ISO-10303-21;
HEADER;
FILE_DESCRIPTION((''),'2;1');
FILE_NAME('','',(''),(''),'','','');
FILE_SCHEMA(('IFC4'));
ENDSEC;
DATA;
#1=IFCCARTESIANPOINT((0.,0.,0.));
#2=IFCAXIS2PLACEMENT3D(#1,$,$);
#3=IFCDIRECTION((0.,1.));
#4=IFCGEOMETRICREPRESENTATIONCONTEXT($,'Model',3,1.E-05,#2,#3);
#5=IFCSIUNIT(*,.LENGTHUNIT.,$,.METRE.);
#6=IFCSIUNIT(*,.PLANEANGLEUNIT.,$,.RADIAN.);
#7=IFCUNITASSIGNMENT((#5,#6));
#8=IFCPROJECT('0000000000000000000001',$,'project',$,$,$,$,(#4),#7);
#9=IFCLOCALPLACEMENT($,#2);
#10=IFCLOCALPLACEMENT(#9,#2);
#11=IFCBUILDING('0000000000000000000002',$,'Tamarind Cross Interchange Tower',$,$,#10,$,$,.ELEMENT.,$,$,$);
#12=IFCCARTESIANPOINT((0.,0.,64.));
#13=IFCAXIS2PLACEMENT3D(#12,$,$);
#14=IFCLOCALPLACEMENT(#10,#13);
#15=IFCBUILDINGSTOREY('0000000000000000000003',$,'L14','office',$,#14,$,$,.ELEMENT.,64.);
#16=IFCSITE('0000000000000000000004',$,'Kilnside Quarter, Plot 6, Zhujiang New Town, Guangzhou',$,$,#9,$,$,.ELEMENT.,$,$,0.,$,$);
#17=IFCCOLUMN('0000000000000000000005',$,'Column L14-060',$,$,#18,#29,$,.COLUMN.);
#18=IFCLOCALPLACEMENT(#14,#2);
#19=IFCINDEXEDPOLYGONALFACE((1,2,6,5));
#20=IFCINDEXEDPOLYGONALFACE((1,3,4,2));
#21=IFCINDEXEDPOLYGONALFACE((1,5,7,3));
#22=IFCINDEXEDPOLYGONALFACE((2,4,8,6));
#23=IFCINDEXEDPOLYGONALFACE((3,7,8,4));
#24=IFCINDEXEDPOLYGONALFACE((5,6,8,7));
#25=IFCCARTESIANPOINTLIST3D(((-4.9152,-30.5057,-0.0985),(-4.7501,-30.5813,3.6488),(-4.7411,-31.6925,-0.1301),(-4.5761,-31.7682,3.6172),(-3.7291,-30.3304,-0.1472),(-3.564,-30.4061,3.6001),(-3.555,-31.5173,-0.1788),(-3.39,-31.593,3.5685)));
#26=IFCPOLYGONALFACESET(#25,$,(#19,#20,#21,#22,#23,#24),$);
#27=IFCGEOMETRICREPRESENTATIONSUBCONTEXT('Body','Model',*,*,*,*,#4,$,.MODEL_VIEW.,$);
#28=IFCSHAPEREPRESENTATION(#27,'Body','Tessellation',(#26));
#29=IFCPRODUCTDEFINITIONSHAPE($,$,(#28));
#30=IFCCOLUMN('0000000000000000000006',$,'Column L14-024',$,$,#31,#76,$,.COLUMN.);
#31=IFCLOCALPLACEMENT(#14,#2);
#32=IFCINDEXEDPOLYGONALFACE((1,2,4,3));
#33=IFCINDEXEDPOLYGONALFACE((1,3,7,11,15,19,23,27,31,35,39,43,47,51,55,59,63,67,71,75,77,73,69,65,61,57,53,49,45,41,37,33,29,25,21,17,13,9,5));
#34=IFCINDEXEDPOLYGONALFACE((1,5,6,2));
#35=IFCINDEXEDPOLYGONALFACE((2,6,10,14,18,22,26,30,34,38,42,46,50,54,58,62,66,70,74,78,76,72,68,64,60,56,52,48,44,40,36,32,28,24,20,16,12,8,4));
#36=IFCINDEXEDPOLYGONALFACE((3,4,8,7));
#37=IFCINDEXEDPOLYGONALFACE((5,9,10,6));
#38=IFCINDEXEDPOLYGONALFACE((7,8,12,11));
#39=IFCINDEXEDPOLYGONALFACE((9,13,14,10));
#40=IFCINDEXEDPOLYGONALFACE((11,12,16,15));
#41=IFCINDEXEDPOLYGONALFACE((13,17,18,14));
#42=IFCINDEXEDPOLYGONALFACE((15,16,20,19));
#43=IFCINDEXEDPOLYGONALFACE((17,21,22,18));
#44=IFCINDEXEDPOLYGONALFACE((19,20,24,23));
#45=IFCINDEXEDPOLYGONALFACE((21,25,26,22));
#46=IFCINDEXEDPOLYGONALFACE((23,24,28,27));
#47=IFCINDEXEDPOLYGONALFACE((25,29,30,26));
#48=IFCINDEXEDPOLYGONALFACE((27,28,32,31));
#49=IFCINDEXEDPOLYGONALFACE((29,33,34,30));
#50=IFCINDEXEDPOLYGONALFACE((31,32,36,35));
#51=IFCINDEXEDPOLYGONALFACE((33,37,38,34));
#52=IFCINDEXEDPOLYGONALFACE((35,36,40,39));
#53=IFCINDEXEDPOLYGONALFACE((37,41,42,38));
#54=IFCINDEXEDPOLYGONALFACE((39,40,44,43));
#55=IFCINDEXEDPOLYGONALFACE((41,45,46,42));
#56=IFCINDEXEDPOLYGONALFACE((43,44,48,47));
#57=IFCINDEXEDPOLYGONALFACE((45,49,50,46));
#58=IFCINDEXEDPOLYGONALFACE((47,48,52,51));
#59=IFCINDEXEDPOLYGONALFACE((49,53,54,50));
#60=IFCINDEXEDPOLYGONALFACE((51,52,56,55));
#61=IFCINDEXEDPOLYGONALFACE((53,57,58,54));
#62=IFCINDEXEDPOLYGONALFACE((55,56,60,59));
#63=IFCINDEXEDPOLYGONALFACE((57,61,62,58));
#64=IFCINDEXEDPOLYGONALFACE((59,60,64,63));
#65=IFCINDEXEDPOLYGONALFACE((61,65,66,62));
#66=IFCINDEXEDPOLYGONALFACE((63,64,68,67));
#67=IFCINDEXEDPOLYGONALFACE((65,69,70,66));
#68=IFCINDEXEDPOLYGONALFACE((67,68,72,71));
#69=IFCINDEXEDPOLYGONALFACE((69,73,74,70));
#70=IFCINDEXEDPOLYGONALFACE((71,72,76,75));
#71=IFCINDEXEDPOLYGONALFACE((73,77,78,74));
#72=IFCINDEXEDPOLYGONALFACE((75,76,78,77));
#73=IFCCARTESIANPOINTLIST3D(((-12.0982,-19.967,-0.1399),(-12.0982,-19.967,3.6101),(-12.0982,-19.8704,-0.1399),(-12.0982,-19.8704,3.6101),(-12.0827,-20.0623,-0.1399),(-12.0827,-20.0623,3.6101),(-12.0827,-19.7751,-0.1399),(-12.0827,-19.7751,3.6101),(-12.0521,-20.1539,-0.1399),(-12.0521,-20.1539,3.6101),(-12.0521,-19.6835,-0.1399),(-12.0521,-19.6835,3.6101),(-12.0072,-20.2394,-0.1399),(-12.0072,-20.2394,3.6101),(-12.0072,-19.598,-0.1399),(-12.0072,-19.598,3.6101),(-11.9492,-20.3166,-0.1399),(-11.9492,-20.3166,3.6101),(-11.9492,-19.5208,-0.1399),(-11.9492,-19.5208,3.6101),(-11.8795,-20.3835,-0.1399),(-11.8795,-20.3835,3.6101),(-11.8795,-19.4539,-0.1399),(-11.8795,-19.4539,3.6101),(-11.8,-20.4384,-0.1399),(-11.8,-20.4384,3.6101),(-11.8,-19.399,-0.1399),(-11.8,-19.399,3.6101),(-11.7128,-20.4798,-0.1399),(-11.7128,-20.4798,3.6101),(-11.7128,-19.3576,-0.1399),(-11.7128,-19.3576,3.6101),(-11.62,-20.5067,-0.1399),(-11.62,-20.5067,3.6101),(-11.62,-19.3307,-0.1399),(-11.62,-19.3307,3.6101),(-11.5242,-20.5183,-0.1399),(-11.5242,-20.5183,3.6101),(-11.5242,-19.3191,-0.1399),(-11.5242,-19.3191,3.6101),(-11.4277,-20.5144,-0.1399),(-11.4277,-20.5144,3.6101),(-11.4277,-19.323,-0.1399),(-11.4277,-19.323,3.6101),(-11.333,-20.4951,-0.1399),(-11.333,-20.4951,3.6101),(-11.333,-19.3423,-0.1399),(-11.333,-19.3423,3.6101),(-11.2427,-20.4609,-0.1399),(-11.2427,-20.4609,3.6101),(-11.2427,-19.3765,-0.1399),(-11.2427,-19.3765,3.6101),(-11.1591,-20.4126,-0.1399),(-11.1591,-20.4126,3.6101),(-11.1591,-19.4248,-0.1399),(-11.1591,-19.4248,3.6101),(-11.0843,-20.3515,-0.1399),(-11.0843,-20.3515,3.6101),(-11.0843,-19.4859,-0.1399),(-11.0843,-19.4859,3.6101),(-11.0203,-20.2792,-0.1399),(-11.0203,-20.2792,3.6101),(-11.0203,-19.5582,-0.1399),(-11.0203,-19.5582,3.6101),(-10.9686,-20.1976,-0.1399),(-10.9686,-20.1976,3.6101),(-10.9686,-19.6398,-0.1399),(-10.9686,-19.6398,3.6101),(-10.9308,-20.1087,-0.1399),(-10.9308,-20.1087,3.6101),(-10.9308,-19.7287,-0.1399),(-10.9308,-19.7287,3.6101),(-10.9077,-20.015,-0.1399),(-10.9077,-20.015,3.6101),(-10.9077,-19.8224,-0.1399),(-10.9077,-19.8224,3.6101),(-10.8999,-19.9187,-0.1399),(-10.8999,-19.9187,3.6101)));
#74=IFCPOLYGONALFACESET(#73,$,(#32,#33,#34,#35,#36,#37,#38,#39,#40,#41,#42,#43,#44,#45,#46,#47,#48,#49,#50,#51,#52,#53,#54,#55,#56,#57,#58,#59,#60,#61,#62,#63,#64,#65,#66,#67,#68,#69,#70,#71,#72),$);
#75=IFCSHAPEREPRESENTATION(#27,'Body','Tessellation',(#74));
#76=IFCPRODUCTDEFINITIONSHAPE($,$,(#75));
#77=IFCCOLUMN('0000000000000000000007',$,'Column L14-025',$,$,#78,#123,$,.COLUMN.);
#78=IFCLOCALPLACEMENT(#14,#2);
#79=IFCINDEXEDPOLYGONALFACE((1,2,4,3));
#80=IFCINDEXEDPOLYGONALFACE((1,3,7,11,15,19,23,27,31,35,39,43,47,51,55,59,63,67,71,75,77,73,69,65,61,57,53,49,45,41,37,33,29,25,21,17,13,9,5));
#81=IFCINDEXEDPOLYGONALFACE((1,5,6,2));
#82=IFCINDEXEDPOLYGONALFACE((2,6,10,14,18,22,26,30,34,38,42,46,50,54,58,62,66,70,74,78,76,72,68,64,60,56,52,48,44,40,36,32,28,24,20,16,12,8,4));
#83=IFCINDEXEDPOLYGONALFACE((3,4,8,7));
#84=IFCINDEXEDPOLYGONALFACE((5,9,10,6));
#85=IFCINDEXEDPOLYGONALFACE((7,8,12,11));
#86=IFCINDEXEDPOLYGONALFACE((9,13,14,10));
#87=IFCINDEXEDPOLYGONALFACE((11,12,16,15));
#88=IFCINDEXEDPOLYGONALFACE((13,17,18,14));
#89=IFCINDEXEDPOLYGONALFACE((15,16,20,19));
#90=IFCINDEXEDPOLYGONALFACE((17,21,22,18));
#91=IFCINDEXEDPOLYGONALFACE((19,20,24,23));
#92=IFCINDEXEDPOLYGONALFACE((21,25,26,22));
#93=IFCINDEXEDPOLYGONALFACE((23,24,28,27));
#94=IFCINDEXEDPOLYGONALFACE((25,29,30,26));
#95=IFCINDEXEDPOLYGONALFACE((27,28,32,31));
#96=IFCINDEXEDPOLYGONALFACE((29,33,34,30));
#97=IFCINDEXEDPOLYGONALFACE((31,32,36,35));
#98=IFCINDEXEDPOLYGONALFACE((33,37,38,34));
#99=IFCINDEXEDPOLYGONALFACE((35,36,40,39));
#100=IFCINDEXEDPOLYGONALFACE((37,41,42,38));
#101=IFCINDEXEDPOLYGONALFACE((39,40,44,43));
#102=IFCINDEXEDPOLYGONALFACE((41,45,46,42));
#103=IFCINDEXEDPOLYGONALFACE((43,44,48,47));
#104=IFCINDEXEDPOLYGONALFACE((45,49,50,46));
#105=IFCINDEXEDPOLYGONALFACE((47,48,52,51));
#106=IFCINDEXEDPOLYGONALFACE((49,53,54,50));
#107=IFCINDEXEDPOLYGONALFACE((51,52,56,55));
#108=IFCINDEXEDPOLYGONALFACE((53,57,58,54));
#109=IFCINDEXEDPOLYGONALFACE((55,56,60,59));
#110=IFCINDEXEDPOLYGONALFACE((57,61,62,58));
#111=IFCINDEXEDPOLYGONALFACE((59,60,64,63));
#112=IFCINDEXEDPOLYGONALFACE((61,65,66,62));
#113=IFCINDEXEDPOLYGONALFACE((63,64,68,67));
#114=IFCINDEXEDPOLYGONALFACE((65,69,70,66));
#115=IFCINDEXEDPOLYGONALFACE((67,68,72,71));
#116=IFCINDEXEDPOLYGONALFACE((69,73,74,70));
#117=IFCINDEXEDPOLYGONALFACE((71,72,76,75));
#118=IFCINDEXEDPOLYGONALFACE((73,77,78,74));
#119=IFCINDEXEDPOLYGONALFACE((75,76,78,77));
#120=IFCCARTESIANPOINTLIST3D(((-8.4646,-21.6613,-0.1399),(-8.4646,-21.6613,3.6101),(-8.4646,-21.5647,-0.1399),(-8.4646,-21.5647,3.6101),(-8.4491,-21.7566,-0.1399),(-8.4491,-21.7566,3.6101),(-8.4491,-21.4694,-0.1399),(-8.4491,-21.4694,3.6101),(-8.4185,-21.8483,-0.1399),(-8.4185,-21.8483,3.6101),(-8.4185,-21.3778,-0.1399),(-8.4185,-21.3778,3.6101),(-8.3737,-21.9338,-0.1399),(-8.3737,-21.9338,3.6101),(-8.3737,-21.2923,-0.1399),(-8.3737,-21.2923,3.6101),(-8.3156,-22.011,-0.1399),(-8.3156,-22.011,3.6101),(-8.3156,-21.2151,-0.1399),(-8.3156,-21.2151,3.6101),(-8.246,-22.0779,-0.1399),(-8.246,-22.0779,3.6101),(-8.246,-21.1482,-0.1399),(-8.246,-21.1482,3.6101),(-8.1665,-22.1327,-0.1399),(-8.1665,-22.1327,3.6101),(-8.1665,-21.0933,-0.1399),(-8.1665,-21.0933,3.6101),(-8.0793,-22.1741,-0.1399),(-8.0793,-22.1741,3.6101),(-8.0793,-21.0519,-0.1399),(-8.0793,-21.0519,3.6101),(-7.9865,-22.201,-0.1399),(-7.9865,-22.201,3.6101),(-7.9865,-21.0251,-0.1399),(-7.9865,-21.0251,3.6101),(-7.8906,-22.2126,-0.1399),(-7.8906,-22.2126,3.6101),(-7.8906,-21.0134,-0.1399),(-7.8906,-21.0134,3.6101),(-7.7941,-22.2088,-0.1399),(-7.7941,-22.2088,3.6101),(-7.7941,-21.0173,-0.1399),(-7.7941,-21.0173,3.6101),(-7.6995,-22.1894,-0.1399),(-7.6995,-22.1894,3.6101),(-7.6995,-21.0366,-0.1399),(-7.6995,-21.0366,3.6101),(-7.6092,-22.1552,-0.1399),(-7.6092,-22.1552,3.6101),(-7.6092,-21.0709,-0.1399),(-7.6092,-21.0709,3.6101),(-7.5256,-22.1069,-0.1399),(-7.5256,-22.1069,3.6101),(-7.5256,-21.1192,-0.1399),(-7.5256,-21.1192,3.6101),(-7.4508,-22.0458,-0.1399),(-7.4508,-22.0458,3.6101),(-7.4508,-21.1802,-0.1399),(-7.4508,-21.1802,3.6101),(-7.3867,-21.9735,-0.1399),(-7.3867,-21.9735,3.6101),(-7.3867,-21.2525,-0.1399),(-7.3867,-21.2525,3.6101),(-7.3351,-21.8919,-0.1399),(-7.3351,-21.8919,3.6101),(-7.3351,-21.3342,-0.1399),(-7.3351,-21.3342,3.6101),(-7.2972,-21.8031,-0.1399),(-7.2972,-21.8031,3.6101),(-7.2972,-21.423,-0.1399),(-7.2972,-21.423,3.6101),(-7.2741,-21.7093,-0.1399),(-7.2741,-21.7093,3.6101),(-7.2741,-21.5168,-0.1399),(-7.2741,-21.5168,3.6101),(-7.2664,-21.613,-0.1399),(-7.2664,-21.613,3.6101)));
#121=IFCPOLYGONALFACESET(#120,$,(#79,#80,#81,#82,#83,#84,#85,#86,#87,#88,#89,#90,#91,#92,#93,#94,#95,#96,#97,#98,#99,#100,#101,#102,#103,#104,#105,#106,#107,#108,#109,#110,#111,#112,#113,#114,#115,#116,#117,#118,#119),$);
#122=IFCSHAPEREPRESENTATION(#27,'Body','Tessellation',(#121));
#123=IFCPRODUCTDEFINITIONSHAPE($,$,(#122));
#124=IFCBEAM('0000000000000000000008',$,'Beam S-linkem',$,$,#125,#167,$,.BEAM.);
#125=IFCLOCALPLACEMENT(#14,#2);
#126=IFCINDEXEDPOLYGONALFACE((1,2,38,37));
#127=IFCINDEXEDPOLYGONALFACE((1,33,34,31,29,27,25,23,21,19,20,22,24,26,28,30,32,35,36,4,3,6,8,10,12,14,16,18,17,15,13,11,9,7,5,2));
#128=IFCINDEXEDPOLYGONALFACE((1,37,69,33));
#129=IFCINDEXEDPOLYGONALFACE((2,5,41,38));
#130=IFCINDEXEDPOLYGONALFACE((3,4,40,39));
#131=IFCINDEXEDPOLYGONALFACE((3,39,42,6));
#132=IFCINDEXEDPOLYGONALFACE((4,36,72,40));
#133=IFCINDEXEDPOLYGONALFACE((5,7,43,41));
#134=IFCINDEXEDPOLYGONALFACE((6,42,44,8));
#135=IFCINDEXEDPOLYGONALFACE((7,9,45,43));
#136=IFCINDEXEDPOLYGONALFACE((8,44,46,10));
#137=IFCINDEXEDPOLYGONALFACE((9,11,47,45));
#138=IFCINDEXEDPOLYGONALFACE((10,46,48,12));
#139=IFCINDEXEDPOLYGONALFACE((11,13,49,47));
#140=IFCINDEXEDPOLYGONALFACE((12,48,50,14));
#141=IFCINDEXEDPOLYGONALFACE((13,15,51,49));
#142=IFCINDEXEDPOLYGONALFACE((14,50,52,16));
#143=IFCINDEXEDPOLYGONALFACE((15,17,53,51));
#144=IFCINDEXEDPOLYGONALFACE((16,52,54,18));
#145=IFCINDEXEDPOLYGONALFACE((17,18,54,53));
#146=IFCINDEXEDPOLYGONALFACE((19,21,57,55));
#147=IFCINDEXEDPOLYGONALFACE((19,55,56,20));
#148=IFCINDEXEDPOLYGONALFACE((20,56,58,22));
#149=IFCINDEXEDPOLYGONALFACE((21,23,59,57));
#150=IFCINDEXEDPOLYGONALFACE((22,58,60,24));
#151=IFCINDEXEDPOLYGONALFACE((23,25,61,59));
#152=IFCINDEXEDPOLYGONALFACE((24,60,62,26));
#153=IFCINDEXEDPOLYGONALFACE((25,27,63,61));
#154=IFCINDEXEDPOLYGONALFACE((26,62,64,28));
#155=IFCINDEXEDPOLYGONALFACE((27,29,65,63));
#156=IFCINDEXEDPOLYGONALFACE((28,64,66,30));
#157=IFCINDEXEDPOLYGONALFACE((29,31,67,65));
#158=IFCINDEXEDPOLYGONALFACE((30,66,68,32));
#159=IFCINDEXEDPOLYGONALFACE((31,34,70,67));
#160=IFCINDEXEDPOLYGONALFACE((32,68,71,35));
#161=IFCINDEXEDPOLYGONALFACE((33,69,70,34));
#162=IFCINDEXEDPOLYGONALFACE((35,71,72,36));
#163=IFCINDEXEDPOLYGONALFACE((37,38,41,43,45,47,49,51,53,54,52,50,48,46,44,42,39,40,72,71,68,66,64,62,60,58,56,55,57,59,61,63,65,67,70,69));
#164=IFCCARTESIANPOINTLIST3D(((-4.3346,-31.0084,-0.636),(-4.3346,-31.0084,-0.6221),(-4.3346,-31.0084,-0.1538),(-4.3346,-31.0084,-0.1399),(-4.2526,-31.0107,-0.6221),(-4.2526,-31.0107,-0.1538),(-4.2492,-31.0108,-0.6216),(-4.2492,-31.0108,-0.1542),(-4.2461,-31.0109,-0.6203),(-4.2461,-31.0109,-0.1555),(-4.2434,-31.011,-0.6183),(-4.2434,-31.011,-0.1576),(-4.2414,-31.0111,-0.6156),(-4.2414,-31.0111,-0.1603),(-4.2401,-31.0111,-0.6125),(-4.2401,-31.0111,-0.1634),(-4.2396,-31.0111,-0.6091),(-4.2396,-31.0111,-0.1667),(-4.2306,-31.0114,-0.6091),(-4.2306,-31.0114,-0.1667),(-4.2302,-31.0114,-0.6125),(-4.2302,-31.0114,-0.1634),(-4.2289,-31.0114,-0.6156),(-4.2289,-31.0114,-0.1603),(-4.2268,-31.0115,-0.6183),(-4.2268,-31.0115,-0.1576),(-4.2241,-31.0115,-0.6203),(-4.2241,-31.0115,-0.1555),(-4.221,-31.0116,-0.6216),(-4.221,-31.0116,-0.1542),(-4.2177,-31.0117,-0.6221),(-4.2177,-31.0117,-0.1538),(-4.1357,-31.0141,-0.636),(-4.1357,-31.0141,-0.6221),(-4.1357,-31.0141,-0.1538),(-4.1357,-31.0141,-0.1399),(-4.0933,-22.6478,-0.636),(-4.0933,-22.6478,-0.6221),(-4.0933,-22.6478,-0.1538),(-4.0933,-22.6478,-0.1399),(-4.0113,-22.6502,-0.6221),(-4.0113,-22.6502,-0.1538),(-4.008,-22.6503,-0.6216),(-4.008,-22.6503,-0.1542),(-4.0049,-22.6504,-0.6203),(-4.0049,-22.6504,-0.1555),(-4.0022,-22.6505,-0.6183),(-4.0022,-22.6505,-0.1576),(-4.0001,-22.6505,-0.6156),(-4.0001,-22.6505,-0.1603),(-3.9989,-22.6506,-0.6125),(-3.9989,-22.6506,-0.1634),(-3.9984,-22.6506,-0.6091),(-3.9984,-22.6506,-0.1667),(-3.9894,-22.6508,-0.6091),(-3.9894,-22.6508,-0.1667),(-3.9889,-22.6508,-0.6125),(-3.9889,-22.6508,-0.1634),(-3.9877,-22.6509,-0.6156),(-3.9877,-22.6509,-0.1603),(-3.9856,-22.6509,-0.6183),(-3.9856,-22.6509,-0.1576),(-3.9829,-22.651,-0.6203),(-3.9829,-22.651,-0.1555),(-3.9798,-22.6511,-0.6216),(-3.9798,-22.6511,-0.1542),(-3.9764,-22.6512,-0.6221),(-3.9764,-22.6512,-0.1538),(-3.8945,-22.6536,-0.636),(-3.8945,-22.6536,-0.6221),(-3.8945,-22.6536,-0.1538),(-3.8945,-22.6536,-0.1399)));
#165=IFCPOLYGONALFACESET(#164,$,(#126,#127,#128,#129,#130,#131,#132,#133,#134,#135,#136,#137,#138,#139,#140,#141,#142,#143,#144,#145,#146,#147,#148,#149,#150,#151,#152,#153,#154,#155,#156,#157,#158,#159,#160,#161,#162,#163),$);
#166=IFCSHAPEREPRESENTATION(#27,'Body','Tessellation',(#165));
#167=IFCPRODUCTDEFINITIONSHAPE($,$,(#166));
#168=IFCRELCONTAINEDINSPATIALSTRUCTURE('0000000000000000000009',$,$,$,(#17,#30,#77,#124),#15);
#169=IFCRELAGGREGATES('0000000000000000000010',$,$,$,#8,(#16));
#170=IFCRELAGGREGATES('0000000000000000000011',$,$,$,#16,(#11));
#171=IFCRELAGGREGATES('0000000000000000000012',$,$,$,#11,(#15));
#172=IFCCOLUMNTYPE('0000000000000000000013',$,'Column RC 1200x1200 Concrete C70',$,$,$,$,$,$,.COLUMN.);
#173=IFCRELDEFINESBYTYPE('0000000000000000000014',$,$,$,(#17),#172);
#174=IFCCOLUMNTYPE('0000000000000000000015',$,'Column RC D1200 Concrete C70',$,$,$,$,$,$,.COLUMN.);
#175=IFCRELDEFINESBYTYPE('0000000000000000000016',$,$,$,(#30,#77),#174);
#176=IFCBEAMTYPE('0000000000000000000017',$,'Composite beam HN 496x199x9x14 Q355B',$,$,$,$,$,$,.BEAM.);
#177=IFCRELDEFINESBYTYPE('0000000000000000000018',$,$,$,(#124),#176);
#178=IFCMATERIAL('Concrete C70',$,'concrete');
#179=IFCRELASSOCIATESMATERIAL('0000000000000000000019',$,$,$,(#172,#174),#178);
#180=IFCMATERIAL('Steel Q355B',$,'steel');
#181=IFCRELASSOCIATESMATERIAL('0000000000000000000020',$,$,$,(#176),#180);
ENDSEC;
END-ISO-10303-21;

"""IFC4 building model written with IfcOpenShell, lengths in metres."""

from ifc_helpers import new_model, si_unit, direction, frame, origin, origin_2d, place, context, subcontext, project, spatial, rectangle, circle, i_section, extrude, material, material_profile, profile_set, type_object, element, save


model = new_model("IFC4")

# Units and contexts
model_context = context("Model", 3, precision=1e-05, world=origin(), true_north=direction((0.0, 1.0)))
body_context = subcontext(model_context, "Body", "Model", "MODEL_VIEW")
ifc_project = project(units=[si_unit("LENGTHUNIT", "METRE"), si_unit("PLANEANGLEUNIT", "RADIAN")], contexts=[model_context])

# Site, building, storey
site_placement = place(None, origin())
site = spatial("IfcSite", under=ifc_project, at=site_placement, Name="Kilnside Quarter, Plot 6, Zhujiang New Town, Guangzhou", CompositionType="ELEMENT", RefElevation=0.0)
building_placement = place(site_placement, origin())
building = spatial("IfcBuilding", under=site, at=building_placement, Name="Tamarind Cross Interchange Tower", CompositionType="ELEMENT")
storey_placement = place(building_placement, frame((0.0, 0.0, 64.0)))
storey = spatial("IfcBuildingStorey", under=building, at=storey_placement, Name="L14", Description="office", CompositionType="ELEMENT", Elevation=64.0)

# Columns
ifc_material_1 = material(Name="Concrete C70", Category="concrete")
ifc_material_profile_1 = material_profile(ifc_material_1, rectangle(XDim=1.2, YDim=1.2, at=origin_2d()), Name="RC 1200x1200")
ifc_profile_set_1 = profile_set([ifc_material_profile_1], Name="Concrete C70")
column_type_1 = type_object("IfcColumnType", Name="Column RC 1200x1200 Concrete C70", PredefinedType="COLUMN", material=ifc_profile_set_1)
column_placement = place(storey_placement, frame((-4.2351, -31.0115, -0.1387), z_axis=(0.04399, -0.020173, 0.998828), x_axis=(-0.145034, 0.989075, 0.026364)))
element("IfcColumn", 1, at=column_placement, inside=storey, type_object=column_type_1, Name="Column L14-060", PredefinedType="COLUMN", context=body_context, shape_type="SweptSolid", body=[
    extrude(rectangle(XDim=1.2, YDim=1.2, at=origin_2d()), origin(), (0.0, 0.0, 1.0), 3.7517),
])
ifc_material_profile_2 = material_profile(ifc_material_1, circle(Radius=0.6001, at=origin_2d()), Name="RC D1200")
ifc_profile_set_2 = profile_set([ifc_material_profile_2], Name="Concrete C70")
column_type_2 = type_object("IfcColumnType", Name="Column RC D1200 Concrete C70", PredefinedType="COLUMN", material=ifc_profile_set_2)
for number, where, z_axis, x_axis, name in (
    (2, (-11.5, -19.9187, -0.1399), (0.0, 0.0, 1.0), (1.0, 0.0, 0.0), "Column L14-024"),
    (3, (-7.8665, -21.613, -0.1399), (0.0, 0.0, 1.0), (1.0, 0.0, 0.0), "Column L14-025"),
):
    element("IfcColumn", number, at=place(storey_placement, frame(where, z_axis=z_axis, x_axis=x_axis)), inside=storey, type_object=column_type_2, Name=name, PredefinedType="COLUMN", context=body_context, shape_type="SweptSolid", body=[
        extrude(circle(Radius=0.6001, at=origin_2d()), origin(), (0.0, 0.0, 1.0), 3.75),
    ])

# Beam
ifc_material_2 = material(Name="Steel Q355B", Category="steel")
ifc_material_profile_3 = material_profile(ifc_material_2, i_section(OverallWidth=0.199, OverallDepth=0.4961, WebThickness=0.009, FlangeThickness=0.0139, FilletRadius=0.0129, at=origin_2d()), Name="HN 496x199x9x14")
ifc_profile_set_3 = profile_set([ifc_material_profile_3], Name="Steel Q355B")
beam_type_1 = type_object("IfcBeamType", Name="Composite beam HN 496x199x9x14 Q355B", PredefinedType="BEAM", material=ifc_profile_set_3)
beam_1_placement = place(storey_placement, frame((-4.2351, -31.0112, -0.3879), z_axis=(0.028839, 0.999584, 0.0), x_axis=(-0.999584, 0.028839, 0.0)))
element("IfcBeam", 4, at=beam_1_placement, inside=storey, type_object=beam_type_1, Name="Beam S-linkem", PredefinedType="BEAM", context=body_context, shape_type="SweptSolid", body=[
    extrude(i_section(OverallWidth=0.199, OverallDepth=0.4961, WebThickness=0.009, FlangeThickness=0.0139, FilletRadius=0.0129, at=origin_2d()), origin(), (0.0, 0.0, 1.0), 8.364),
])

save(model, "model.ifc")
